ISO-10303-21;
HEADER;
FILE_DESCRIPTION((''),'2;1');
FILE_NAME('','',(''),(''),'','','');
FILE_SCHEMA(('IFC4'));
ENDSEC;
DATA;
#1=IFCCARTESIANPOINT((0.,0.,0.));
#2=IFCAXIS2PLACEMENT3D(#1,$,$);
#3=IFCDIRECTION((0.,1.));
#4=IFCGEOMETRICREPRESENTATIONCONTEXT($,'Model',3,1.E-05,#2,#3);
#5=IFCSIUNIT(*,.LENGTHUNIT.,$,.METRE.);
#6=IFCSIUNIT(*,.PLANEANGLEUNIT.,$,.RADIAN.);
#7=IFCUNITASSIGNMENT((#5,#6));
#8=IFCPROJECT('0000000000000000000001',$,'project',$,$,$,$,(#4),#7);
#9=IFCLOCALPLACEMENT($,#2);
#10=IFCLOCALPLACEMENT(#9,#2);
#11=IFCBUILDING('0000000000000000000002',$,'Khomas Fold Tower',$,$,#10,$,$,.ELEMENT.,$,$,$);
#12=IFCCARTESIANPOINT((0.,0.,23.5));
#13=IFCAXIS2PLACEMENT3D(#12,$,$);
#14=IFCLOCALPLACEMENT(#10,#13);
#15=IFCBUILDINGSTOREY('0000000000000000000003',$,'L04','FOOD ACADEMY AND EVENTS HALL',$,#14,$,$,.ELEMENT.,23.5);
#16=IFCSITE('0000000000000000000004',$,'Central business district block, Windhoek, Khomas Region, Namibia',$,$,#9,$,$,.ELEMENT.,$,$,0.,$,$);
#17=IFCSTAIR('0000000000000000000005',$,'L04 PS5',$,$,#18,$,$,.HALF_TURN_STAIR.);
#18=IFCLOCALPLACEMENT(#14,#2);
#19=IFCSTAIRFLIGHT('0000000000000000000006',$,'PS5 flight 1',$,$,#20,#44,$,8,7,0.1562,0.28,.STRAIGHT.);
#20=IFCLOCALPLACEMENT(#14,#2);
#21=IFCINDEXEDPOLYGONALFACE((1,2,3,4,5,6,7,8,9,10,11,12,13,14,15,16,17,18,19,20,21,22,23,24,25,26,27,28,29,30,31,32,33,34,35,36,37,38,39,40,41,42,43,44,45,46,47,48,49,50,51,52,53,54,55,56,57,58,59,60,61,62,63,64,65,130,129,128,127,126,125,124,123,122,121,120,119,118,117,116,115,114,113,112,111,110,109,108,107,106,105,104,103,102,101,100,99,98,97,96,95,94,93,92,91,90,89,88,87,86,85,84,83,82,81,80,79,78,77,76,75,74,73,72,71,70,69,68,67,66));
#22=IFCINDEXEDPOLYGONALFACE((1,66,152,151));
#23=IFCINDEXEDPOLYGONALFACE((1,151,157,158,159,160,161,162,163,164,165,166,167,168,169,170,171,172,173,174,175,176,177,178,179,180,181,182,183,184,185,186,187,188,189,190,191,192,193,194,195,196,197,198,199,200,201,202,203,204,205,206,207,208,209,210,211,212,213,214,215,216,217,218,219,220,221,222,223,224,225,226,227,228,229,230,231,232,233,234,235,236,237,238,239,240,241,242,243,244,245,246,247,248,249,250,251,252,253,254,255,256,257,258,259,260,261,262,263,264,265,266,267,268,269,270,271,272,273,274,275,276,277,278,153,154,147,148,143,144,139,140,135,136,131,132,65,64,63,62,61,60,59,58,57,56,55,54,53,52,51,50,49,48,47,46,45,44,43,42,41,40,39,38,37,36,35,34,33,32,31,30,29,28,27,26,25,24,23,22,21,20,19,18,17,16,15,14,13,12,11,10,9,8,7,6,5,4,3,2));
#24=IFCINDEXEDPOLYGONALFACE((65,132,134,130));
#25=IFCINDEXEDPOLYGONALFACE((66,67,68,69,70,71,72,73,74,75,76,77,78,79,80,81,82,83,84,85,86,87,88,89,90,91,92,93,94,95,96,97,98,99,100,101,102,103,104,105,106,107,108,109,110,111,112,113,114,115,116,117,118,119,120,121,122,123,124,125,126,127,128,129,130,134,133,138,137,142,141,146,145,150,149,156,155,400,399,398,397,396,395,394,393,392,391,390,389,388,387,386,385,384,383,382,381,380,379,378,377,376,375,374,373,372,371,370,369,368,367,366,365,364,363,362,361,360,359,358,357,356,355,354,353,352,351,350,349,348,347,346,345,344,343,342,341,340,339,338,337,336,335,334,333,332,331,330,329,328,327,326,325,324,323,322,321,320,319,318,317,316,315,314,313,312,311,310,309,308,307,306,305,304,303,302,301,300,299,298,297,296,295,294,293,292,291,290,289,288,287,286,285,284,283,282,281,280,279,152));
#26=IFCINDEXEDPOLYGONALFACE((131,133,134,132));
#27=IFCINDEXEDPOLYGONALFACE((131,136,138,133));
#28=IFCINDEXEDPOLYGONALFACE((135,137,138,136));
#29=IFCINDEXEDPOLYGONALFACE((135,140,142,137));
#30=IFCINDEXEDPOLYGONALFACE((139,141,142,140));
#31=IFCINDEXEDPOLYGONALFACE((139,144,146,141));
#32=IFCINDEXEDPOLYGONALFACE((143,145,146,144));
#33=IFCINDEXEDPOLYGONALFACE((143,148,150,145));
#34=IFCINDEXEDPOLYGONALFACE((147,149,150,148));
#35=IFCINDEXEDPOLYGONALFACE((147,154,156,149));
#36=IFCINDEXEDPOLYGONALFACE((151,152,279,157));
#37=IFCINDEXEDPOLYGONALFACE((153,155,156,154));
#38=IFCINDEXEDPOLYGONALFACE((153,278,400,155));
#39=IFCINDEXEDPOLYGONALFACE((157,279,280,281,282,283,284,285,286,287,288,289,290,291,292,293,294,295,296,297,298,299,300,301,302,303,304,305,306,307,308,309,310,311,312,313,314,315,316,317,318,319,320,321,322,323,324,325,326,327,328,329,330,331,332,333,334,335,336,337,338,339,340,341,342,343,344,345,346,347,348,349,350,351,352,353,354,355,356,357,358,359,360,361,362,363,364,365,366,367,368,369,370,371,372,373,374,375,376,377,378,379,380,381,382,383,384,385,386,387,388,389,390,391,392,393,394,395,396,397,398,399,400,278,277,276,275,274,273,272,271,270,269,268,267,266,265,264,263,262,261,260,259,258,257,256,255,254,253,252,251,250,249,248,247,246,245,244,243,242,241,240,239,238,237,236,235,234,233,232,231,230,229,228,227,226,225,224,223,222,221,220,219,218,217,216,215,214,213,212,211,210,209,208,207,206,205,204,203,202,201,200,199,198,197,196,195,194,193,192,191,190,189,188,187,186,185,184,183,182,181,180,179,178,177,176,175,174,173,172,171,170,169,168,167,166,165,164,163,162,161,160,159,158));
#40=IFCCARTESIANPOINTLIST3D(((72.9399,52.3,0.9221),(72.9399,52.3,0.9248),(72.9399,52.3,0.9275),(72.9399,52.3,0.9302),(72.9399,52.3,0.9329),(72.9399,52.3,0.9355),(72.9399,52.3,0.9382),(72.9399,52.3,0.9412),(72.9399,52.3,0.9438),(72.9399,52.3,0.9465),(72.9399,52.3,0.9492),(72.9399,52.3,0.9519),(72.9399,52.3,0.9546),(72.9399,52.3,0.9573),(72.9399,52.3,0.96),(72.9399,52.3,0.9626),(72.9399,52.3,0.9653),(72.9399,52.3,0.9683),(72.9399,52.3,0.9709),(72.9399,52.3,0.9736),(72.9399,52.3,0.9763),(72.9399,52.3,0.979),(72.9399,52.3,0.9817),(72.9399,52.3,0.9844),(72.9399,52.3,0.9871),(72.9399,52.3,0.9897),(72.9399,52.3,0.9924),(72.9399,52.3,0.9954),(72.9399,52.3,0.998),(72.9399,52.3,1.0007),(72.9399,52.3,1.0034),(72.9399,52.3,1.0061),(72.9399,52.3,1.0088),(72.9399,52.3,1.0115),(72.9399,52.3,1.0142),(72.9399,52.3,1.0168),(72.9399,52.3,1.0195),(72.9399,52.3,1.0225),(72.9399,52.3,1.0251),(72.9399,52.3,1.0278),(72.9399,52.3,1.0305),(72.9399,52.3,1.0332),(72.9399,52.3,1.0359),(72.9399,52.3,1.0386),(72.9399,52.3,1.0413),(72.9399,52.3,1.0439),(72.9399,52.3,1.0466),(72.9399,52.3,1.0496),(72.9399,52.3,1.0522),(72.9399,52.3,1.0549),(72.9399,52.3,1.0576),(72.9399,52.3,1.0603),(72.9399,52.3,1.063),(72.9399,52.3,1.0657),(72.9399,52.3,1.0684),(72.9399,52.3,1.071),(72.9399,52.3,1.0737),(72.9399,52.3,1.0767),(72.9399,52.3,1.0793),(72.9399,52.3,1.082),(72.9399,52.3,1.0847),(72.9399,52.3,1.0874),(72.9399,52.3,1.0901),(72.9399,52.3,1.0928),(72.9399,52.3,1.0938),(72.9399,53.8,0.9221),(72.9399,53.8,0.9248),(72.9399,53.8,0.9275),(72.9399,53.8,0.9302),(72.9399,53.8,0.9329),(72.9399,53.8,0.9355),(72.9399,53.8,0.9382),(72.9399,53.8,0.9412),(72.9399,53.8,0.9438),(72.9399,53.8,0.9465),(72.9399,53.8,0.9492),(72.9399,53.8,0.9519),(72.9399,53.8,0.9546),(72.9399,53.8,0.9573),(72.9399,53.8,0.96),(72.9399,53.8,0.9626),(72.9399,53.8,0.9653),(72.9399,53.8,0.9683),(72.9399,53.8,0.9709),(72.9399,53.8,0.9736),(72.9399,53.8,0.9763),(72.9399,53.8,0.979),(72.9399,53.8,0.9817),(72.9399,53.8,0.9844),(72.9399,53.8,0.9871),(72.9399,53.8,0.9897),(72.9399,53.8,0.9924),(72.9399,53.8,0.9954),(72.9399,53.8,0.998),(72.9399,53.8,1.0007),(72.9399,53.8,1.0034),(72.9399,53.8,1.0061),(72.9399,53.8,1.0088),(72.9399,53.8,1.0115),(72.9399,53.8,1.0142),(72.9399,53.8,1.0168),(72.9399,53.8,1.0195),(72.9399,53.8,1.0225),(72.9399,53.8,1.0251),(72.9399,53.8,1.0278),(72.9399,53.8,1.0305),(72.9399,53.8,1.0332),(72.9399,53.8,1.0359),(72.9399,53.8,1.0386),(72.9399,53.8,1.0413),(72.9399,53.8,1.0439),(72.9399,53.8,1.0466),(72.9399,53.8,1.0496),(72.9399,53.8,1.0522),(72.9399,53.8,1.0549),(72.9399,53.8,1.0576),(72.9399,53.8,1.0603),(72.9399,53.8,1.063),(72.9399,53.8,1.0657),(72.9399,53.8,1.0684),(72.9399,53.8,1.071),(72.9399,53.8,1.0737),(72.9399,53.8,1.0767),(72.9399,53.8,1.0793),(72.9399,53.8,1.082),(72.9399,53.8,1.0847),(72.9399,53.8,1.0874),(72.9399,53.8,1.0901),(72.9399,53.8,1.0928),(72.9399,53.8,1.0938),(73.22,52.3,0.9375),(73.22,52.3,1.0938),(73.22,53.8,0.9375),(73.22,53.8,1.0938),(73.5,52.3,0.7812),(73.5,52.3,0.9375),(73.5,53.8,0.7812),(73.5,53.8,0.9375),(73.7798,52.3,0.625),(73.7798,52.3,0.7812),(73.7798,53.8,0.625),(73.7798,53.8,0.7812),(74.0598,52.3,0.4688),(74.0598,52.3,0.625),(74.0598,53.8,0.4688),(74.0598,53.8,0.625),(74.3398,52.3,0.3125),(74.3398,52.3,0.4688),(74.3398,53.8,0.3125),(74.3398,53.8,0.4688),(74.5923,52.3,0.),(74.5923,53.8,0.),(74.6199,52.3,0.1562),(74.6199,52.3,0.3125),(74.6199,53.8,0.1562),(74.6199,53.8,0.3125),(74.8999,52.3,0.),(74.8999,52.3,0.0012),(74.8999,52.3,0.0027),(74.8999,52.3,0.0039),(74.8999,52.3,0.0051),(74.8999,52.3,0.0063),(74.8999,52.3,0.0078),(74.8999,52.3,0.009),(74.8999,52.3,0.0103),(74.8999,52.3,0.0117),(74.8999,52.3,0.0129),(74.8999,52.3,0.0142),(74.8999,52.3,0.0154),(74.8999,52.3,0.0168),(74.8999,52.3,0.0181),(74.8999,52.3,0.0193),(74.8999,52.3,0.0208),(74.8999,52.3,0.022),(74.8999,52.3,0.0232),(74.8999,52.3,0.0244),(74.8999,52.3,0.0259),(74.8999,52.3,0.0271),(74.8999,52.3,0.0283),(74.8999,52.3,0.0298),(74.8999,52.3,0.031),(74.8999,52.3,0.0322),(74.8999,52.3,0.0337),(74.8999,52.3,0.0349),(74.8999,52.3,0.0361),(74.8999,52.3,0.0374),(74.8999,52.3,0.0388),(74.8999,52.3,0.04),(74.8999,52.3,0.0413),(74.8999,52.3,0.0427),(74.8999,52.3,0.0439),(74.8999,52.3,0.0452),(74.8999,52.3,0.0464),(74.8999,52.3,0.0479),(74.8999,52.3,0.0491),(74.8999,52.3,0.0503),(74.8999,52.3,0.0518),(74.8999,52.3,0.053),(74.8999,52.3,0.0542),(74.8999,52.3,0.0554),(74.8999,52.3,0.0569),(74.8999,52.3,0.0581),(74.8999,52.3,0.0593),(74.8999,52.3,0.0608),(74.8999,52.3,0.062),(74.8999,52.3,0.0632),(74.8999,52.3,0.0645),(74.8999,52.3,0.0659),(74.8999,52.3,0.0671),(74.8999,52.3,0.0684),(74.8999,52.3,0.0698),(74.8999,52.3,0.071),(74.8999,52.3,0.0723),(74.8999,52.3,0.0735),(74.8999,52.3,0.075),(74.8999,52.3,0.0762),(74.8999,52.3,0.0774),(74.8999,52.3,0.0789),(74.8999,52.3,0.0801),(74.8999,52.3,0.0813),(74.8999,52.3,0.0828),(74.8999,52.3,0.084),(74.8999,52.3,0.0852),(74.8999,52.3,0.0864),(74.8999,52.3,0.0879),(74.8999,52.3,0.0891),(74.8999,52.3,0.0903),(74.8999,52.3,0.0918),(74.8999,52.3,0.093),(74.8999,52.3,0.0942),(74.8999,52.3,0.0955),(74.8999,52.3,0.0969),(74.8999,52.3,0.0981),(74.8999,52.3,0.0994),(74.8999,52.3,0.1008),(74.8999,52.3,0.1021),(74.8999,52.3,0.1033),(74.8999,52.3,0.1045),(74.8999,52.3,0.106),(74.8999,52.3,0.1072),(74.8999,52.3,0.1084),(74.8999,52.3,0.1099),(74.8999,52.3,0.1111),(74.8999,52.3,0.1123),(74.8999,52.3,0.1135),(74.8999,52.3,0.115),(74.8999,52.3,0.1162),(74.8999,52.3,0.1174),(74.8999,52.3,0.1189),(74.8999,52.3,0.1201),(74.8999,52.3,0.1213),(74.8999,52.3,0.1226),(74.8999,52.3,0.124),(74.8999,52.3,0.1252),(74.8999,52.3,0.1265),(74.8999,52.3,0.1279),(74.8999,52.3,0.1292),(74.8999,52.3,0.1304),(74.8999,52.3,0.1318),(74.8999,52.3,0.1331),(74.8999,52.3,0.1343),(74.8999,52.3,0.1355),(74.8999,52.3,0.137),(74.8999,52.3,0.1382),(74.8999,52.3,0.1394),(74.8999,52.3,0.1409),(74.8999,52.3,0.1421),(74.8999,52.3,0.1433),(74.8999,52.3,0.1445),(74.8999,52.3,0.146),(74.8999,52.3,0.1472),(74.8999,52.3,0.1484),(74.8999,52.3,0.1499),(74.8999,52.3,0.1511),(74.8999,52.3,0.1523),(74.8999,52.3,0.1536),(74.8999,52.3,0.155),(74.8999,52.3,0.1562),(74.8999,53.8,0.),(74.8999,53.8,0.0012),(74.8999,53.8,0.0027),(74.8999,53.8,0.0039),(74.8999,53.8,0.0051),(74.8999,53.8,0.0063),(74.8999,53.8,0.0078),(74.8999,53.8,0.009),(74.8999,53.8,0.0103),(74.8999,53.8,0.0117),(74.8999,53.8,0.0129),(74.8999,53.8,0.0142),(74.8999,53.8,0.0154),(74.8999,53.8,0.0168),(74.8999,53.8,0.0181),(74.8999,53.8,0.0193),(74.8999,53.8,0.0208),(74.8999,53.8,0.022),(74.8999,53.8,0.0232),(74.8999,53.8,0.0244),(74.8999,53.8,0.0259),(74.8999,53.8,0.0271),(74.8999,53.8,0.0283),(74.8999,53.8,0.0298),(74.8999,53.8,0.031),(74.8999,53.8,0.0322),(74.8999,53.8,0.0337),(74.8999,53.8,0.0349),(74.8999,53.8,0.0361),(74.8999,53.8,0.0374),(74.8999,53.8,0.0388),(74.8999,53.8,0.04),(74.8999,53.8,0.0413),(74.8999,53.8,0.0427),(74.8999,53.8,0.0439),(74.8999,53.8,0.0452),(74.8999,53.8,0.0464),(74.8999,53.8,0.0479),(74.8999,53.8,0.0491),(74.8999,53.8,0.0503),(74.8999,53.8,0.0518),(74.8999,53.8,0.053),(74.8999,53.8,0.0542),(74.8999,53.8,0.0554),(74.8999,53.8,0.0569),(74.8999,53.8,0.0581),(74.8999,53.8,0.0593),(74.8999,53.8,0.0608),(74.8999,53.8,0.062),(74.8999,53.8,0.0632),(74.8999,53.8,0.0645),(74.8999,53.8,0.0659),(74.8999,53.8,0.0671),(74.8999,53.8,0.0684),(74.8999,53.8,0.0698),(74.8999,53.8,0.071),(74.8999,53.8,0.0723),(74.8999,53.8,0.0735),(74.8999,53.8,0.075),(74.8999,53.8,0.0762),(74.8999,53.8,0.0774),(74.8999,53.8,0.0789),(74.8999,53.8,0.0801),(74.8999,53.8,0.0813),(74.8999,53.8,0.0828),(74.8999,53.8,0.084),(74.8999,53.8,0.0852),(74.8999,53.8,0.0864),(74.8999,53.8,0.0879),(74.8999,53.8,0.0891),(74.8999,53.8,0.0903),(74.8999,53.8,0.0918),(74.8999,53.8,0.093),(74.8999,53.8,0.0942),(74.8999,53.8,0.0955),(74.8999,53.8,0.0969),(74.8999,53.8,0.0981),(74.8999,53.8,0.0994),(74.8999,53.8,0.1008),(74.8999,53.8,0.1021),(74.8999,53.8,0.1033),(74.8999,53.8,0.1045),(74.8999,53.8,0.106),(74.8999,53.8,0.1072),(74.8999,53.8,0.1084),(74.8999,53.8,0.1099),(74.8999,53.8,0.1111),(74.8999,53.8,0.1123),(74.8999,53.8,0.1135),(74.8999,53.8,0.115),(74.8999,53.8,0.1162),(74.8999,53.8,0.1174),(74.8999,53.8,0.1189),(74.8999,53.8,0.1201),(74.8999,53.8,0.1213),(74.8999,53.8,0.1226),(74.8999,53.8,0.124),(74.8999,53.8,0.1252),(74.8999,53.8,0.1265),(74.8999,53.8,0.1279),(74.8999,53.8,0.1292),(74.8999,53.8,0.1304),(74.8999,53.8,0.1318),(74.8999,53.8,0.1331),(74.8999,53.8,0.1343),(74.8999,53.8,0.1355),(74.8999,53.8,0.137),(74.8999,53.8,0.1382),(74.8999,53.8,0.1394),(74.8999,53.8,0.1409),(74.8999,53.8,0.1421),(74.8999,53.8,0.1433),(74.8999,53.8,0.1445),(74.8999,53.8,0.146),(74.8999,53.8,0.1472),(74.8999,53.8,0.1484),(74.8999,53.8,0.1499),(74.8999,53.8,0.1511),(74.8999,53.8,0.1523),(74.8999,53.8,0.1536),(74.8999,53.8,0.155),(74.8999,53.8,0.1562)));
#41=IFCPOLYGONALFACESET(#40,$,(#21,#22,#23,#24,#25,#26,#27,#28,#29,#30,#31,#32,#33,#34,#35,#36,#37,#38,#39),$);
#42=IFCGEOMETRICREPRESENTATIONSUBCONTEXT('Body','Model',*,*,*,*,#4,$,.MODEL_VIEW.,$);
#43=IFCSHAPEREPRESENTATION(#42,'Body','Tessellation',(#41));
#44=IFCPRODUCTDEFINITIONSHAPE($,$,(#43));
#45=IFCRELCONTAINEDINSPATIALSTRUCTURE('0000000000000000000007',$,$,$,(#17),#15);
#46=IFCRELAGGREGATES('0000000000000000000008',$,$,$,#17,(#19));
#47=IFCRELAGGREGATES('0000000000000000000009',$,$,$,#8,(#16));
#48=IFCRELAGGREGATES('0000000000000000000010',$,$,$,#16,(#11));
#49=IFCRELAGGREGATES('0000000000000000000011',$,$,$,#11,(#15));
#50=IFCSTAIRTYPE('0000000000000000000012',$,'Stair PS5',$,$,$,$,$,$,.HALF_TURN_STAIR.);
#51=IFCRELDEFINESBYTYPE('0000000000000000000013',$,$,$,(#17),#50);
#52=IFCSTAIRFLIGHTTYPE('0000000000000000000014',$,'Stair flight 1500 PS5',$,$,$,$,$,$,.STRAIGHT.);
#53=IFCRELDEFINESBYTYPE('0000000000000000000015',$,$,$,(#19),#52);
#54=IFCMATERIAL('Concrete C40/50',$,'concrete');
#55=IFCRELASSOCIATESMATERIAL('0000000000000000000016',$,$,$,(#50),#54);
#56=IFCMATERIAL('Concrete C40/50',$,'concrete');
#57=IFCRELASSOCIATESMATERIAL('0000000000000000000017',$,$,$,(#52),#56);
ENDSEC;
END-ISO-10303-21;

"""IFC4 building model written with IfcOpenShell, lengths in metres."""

from ifc_helpers import new_model, si_unit, direction, frame, origin, place, context, subcontext, project, spatial, polyline, outline, extrude, source, transform, mapped, material, type_object, element, aggregate, save


model = new_model("IFC4")

# Units and contexts
model_context = context("Model", 3, precision=1e-05, world=origin(), true_north=direction((0.0, 1.0)))
body_context = subcontext(model_context, "Body", "Model", "MODEL_VIEW")
ifc_project = project(units=[si_unit("LENGTHUNIT", "METRE"), si_unit("PLANEANGLEUNIT", "RADIAN")], contexts=[model_context])

# Site, building, storey
site_placement = place(None, origin())
site = spatial("IfcSite", under=ifc_project, at=site_placement, Name="Central business district block, Windhoek, Khomas Region, Namibia", CompositionType="ELEMENT", RefElevation=0.0)
building_placement = place(site_placement, origin())
building = spatial("IfcBuilding", under=site, at=building_placement, Name="Khomas Fold Tower", CompositionType="ELEMENT")
storey_placement = place(building_placement, frame((0.0, 0.0, 23.5)))
storey = spatial("IfcBuildingStorey", under=building, at=storey_placement, Name="L04", Description="FOOD ACADEMY AND EVENTS HALL", CompositionType="ELEMENT", Elevation=23.5)

# Stair, stair flight
ifc_material_1 = material(Name="Concrete C40/50", Category="concrete")
stair_type = type_object("IfcStairType", Name="Stair PS5", PredefinedType="HALF_TURN_STAIR", material=ifc_material_1)
stair_placement = place(storey_placement, origin())
stair = element("IfcStair", 1, at=stair_placement, inside=storey, type_object=stair_type, Name="L04 PS5", PredefinedType="HALF_TURN_STAIR")
ifc_material_2 = material(Name="Concrete C40/50", Category="concrete")
stair_flight_type = type_object("IfcStairFlightType", Name="Stair flight 1500 PS5", PredefinedType="STRAIGHT", material=ifc_material_2)
shared_shape_1 = source(origin(), body_context, "Body", "SweptSolid", [
    extrude(outline(polyline([(0.0, 0.0), (0.0, 0.0012), (0.0, 0.0027), (0.0, 0.0039), (0.0, 0.0051), (0.0, 0.0063), (0.0, 0.0078), (0.0, 0.009), (0.0, 0.0103), (0.0, 0.0117), (0.0, 0.0129), (0.0, 0.0142), (0.0, 0.0154), (0.0, 0.0168), (0.0, 0.0181), (0.0, 0.0193), (0.0, 0.0208), (0.0, 0.022), (0.0, 0.0232), (0.0, 0.0244), (0.0, 0.0259), (0.0, 0.0271), (0.0, 0.0283), (0.0, 0.0298), (0.0, 0.031), (0.0, 0.0322), (0.0, 0.0337), (0.0, 0.0349), (0.0, 0.0361), (0.0, 0.0374), (0.0, 0.0388), (0.0, 0.04), (0.0, 0.0413), (0.0, 0.0427), (0.0, 0.0439), (0.0, 0.0452), (0.0, 0.0464), (0.0, 0.0479), (0.0, 0.0491), (0.0, 0.0503), (0.0, 0.0518), (0.0, 0.053), (0.0, 0.0542), (0.0, 0.0554), (0.0, 0.0569), (0.0, 0.0581), (0.0, 0.0593), (0.0, 0.0608), (0.0, 0.062), (0.0, 0.0632), (0.0, 0.0645), (0.0, 0.0659), (0.0, 0.0671), (0.0, 0.0684), (0.0, 0.0698), (0.0, 0.071), (0.0, 0.0723), (0.0, 0.0735), (0.0, 0.075), (0.0, 0.0762), (0.0, 0.0774), (0.0, 0.0789), (0.0, 0.0801), (0.0, 0.0813), (0.0, 0.0828), (0.0, 0.084), (0.0, 0.0852), (0.0, 0.0864), (0.0, 0.0879), (0.0, 0.0891), (0.0, 0.0903), (0.0, 0.0918), (0.0, 0.093), (0.0, 0.0942), (0.0, 0.0955), (0.0, 0.0969), (0.0, 0.0981), (0.0, 0.0994), (0.0, 0.1008), (0.0, 0.1021), (0.0, 0.1033), (0.0, 0.1045), (0.0, 0.106), (0.0, 0.1072), (0.0, 0.1084), (0.0, 0.1099), (0.0, 0.1111), (0.0, 0.1123), (0.0, 0.1135), (0.0, 0.115), (0.0, 0.1162), (0.0, 0.1174), (0.0, 0.1189), (0.0, 0.1201), (0.0, 0.1213), (0.0, 0.1226), (0.0, 0.124), (0.0, 0.1252), (0.0, 0.1265), (0.0, 0.1279), (0.0, 0.1292), (0.0, 0.1304), (0.0, 0.1318), (0.0, 0.1331), (0.0, 0.1343), (0.0, 0.1355), (0.0, 0.137), (0.0, 0.1382), (0.0, 0.1394), (0.0, 0.1409), (0.0, 0.1421), (0.0, 0.1433), (0.0, 0.1445), (0.0, 0.146), (0.0, 0.1472), (0.0, 0.1484), (0.0, 0.1499), (0.0, 0.1511), (0.0, 0.1523), (0.0, 0.1536), (0.0, 0.155), (0.0, 0.1562), (0.28, 0.1562), (0.28, 0.3125), (0.5601, 0.3125), (0.5601, 0.4688), (0.8401, 0.4688), (0.8401, 0.625), (1.1201, 0.625), (1.1201, 0.7812), (1.3999, 0.7812), (1.3999, 0.9375), (1.6799, 0.9375), (1.6799, 1.0938), (1.96, 1.0938), (1.96, 1.25), (1.96, 1.2473), (1.96, 1.2446), (1.96, 1.2419), (1.96, 1.2393), (1.96, 1.2363), (1.96, 1.2336), (1.96, 1.231), (1.96, 1.2283), (1.96, 1.2256), (1.96, 1.2229), (1.96, 1.2202), (1.96, 1.2175), (1.96, 1.2148), (1.96, 1.2122), (1.96, 1.2092), (1.96, 1.2065), (1.96, 1.2039), (1.96, 1.2012), (1.96, 1.1985), (1.96, 1.1958), (1.96, 1.1931), (1.96, 1.1904), (1.96, 1.1877), (1.96, 1.1851), (1.96, 1.1821), (1.96, 1.1794), (1.96, 1.1768), (1.96, 1.1741), (1.96, 1.1714), (1.96, 1.1687), (1.96, 1.166), (1.96, 1.1633), (1.96, 1.1606), (1.96, 1.158), (1.96, 1.155), (1.96, 1.1523), (1.96, 1.1497), (1.96, 1.147), (1.96, 1.1443), (1.96, 1.1416), (1.96, 1.1389), (1.96, 1.1362), (1.96, 1.1335), (1.96, 1.1309), (1.96, 1.1279), (1.96, 1.1252), (1.96, 1.1226), (1.96, 1.1199), (1.96, 1.1172), (1.96, 1.1145), (1.96, 1.1118), (1.96, 1.1091), (1.96, 1.1064), (1.96, 1.1038), (1.96, 1.1008), (1.96, 1.0981), (1.96, 1.0955), (1.96, 1.0928), (1.96, 1.0901), (1.96, 1.0874), (1.96, 1.0847), (1.96, 1.082), (1.96, 1.0793), (1.96, 1.0767), (1.96, 1.0737), (1.96, 1.071), (1.96, 1.0684), (1.96, 1.0657), (1.96, 1.063), (1.96, 1.0603), (1.96, 1.0576), (1.96, 1.0549), (1.96, 1.0522), (1.96, 1.0496), (1.96, 1.0466), (1.96, 1.0439), (1.96, 1.0413), (1.96, 1.0386), (1.96, 1.0359), (1.96, 1.0332), (1.96, 1.0305), (1.96, 1.0278), (1.96, 1.0251), (1.96, 1.0225), (1.96, 1.0195), (1.96, 1.0168), (1.96, 1.0142), (1.96, 1.0115), (1.96, 1.0088), (1.96, 1.0061), (1.96, 1.0034), (1.96, 1.0007), (1.96, 0.998), (1.96, 0.9954), (1.96, 0.9924), (1.96, 0.9897), (1.96, 0.9871), (1.96, 0.9844), (1.96, 0.9817), (1.96, 0.979), (1.96, 0.9763), (1.96, 0.9736), (1.96, 0.9709), (1.96, 0.9683), (1.96, 0.9653), (1.96, 0.9626), (1.96, 0.96), (1.96, 0.9573), (1.96, 0.9546), (1.96, 0.9519), (1.96, 0.9492), (1.96, 0.9465), (1.96, 0.9438), (1.96, 0.9412), (1.96, 0.9382), (1.96, 0.9355), (1.96, 0.9329), (1.96, 0.9302), (1.96, 0.9275), (1.96, 0.9248), (1.96, 0.9221), (0.3076, 0.0), (0.0, 0.0)])), frame((0.0, 0.75, 0.0), z_axis=(0.0, -1.0, 0.0), x_axis=(1.0, 0.0, 0.0)), (0.0, 0.0, 1.0), 1.5),
])
stair_flight_1_placement = place(storey_placement, frame((74.8999, 53.05, 0.0), z_axis=(0.0, 0.0, 1.0), x_axis=(-1.0, 0.0, 0.0)))
stair_flight_1 = element("IfcStairFlight", 2, at=stair_flight_1_placement, type_object=stair_flight_type, Name="PS5 flight 1", NumberOfRisers=8, NumberOfTreads=7, PredefinedType="STRAIGHT", RiserHeight=0.1562, TreadLength=0.28, context=body_context, shape_type="MappedRepresentation", body=[
    mapped(shared_shape_1, transform((0.0, 0.0, 0.0))),
])
aggregate(stair, [stair_flight_1])

save(model, "model.ifc")
